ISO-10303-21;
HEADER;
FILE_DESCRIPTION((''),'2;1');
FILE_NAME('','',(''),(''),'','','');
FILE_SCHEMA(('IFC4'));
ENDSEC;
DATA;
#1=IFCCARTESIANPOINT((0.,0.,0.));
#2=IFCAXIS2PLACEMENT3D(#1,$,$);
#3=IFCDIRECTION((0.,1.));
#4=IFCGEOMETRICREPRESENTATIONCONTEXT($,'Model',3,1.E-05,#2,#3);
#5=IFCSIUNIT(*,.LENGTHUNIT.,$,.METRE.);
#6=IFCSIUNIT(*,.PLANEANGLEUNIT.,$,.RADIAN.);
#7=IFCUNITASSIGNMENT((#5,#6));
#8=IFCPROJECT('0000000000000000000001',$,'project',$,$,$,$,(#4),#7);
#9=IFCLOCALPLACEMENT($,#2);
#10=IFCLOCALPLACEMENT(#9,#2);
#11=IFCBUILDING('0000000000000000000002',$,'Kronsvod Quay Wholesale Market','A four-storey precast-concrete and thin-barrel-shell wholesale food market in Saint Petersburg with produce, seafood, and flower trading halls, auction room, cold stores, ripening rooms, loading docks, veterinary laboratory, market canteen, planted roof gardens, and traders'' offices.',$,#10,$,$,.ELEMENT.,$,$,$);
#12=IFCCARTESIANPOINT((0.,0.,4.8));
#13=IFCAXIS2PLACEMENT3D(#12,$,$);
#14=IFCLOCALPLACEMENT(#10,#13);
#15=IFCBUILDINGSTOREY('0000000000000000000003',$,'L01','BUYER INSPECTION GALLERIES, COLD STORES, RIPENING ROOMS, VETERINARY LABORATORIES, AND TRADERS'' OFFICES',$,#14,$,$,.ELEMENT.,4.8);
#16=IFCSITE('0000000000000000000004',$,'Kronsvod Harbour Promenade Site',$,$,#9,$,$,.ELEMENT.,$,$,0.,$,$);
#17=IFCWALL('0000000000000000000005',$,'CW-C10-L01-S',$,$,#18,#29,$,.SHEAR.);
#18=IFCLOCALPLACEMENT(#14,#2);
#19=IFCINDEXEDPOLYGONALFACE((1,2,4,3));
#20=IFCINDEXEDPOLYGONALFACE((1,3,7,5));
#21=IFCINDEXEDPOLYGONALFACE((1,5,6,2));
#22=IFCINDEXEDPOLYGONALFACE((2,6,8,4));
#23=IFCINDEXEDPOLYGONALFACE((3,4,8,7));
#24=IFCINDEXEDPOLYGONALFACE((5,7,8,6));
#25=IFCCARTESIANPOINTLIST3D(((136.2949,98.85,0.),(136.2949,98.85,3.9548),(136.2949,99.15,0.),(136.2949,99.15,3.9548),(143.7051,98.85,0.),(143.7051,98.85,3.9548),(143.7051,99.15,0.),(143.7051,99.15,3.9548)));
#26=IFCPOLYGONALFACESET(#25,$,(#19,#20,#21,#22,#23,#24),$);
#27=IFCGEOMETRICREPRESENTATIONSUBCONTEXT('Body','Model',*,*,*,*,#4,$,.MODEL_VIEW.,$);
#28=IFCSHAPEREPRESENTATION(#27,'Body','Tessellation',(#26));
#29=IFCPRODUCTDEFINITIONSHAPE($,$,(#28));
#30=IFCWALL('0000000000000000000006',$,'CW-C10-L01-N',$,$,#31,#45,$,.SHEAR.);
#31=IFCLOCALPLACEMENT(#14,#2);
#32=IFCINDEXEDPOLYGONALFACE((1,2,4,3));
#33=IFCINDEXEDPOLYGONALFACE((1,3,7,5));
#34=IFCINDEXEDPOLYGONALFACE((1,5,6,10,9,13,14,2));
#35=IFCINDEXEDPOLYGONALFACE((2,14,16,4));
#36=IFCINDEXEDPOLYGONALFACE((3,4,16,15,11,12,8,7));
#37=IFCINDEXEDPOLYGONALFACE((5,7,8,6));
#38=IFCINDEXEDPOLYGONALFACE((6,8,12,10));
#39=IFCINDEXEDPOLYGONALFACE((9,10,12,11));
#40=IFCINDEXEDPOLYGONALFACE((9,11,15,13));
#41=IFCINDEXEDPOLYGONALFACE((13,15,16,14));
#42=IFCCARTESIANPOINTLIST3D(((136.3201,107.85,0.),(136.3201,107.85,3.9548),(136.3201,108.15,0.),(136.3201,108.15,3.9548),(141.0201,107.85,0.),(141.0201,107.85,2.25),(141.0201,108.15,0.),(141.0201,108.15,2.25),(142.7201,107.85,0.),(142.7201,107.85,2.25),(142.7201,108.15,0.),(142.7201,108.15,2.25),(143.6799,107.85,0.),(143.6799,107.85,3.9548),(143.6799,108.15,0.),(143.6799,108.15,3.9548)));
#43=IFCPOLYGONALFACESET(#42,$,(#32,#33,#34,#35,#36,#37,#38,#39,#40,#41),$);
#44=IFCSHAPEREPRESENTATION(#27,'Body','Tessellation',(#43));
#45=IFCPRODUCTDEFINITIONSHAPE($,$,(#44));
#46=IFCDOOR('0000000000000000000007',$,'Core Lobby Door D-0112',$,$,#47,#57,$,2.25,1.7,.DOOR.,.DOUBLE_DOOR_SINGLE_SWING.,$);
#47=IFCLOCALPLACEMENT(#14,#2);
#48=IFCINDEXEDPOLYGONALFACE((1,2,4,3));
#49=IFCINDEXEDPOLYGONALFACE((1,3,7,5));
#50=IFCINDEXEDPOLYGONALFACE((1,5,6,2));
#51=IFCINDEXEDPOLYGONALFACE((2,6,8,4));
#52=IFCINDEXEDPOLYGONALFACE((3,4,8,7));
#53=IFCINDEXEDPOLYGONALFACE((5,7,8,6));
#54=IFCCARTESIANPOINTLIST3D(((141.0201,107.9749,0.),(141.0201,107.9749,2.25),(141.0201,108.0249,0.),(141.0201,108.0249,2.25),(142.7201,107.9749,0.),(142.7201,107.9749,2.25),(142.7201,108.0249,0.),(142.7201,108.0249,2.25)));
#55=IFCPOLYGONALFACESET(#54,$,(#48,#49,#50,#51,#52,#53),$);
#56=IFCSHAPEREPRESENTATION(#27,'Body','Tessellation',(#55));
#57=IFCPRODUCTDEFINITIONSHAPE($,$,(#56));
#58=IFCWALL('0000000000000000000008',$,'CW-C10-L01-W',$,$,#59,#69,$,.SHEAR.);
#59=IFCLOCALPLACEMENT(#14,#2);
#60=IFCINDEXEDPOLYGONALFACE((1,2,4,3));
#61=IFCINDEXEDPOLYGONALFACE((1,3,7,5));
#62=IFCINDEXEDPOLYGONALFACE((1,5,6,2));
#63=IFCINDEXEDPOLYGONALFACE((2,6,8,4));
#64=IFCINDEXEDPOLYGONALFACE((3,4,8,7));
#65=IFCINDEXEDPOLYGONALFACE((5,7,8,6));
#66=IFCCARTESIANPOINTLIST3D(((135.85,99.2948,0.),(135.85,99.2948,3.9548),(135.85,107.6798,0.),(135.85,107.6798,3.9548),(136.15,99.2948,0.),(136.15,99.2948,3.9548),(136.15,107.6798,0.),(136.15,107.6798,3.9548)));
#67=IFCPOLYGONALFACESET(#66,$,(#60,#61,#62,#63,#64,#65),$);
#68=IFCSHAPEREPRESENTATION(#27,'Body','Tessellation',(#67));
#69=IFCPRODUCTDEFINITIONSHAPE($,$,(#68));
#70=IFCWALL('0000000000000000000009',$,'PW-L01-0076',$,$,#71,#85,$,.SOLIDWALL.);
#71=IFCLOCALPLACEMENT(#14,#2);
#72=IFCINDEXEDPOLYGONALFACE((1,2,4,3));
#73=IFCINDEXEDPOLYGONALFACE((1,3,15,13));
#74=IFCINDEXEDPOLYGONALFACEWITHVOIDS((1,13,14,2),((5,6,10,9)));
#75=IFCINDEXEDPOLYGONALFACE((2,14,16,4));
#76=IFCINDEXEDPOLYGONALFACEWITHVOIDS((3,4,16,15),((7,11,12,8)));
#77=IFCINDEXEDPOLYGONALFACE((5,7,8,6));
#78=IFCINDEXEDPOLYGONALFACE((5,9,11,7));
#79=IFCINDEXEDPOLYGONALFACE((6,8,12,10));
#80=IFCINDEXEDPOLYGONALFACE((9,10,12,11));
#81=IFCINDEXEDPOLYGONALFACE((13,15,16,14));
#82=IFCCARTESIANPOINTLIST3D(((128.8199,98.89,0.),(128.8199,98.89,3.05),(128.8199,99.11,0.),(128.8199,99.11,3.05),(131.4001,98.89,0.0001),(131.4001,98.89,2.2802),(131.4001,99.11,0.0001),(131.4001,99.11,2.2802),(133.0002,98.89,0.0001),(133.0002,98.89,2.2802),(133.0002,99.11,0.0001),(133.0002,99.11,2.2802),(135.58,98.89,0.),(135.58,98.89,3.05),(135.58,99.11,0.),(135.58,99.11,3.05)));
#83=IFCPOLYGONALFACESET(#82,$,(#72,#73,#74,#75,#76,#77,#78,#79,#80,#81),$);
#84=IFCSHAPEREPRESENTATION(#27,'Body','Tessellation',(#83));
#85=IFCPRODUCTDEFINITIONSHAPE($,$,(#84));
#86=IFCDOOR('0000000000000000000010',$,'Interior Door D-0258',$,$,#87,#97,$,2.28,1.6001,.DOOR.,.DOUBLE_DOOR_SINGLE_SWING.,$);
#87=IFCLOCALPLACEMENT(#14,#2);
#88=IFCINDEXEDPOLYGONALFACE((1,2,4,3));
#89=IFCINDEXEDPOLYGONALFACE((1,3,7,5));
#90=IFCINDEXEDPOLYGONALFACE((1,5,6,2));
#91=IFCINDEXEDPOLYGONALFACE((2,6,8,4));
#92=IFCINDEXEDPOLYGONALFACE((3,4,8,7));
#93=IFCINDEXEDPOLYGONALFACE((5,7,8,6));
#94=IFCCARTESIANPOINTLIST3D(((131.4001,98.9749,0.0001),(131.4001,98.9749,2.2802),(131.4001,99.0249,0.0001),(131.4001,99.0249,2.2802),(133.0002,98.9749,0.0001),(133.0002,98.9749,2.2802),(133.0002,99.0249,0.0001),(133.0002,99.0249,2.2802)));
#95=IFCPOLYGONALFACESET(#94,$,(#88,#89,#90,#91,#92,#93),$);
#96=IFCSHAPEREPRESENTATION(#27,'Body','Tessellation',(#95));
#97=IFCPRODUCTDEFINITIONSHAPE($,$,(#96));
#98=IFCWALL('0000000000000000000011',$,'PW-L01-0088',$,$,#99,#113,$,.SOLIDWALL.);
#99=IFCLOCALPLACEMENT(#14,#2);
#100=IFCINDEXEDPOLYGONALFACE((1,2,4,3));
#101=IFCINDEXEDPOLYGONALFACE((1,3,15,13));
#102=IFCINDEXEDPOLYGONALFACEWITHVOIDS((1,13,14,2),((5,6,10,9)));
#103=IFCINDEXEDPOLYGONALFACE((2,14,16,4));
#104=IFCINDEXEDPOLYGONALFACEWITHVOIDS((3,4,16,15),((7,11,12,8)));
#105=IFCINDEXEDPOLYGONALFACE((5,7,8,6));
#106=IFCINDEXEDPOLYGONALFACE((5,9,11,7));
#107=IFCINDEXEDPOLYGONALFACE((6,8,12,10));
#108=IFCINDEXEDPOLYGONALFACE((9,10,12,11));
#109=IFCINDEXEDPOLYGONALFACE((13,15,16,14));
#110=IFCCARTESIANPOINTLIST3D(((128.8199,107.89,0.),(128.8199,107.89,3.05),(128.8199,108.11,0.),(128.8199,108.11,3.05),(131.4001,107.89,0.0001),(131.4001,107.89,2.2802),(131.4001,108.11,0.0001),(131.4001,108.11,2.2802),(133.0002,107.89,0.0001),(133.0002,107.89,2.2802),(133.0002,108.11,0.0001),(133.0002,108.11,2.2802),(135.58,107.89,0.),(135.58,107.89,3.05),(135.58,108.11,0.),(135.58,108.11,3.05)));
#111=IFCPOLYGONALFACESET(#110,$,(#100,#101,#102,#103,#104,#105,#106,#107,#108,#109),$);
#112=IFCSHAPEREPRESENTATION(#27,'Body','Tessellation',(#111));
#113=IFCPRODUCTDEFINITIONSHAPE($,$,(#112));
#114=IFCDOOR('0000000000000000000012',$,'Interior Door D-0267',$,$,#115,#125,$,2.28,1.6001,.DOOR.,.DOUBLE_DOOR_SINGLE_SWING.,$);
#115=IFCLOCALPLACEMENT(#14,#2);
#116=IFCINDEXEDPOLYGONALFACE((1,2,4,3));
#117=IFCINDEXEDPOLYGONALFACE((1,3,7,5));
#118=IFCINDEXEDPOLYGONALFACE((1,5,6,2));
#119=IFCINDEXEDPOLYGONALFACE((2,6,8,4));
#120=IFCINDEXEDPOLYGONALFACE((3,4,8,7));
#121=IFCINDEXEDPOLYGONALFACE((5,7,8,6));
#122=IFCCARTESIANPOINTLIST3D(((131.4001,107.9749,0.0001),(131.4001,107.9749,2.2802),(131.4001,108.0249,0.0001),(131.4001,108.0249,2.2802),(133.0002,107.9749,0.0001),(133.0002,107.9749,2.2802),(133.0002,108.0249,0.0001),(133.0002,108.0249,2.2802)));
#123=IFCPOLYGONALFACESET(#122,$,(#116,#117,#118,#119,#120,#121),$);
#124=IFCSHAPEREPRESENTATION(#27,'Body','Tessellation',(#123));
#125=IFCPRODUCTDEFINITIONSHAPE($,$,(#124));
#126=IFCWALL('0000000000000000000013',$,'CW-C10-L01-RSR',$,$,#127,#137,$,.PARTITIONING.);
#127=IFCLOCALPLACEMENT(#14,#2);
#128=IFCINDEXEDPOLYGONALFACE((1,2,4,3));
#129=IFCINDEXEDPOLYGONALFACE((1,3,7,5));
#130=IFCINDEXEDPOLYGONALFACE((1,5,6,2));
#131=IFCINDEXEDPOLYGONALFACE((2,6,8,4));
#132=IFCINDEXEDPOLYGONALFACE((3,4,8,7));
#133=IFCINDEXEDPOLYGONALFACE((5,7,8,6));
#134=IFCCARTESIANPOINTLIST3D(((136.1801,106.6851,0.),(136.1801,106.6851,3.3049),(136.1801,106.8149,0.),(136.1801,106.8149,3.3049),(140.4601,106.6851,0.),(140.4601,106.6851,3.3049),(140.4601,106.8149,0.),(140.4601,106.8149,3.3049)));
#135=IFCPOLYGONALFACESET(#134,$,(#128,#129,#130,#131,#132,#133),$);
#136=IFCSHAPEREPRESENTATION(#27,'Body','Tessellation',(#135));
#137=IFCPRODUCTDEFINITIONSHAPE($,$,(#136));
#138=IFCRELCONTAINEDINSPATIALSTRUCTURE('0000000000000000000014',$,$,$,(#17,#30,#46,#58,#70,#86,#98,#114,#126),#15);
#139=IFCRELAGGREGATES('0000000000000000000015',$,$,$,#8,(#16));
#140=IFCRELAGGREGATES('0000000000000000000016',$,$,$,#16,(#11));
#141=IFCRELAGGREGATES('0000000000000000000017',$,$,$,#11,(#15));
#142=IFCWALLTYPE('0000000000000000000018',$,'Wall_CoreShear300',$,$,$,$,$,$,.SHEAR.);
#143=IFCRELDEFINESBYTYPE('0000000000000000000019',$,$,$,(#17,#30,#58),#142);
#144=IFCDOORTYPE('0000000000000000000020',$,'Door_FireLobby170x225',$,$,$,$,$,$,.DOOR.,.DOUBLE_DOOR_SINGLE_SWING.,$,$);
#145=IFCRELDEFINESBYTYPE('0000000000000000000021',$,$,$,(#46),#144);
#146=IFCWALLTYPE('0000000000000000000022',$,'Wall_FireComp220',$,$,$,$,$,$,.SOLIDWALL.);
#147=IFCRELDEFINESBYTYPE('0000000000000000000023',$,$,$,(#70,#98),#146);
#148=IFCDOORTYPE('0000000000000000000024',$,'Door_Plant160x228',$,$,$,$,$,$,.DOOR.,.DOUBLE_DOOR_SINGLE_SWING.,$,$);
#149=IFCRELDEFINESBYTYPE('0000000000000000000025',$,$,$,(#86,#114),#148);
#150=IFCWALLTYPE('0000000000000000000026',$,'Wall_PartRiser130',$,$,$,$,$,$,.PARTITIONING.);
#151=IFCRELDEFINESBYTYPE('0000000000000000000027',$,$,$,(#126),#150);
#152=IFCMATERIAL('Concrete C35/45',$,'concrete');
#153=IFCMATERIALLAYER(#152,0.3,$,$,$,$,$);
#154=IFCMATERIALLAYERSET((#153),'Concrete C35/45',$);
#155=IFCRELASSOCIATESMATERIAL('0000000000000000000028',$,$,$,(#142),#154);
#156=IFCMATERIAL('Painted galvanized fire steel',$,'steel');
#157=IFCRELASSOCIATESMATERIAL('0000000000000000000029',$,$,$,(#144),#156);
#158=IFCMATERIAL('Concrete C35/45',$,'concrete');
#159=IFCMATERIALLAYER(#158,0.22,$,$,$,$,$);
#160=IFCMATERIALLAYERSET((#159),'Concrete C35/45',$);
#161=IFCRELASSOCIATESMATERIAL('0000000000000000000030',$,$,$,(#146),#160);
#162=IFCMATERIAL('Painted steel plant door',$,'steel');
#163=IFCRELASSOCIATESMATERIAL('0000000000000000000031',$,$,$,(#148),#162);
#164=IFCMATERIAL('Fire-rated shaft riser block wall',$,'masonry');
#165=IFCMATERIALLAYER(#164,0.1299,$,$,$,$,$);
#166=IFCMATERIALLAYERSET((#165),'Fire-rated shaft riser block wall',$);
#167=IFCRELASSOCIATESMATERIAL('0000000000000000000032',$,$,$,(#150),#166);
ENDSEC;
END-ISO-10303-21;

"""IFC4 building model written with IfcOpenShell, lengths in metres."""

from ifc_helpers import new_model, si_unit, direction, frame, frame_2d, origin, place, context, subcontext, project, spatial, rectangle, extrude, material, layer, layer_set, type_object, element, fill, save


model = new_model("IFC4")

# Units and contexts
model_context = context("Model", 3, precision=1e-05, world=origin(), true_north=direction((0.0, 1.0)))
body_context = subcontext(model_context, "Body", "Model", "MODEL_VIEW")
ifc_project = project(units=[si_unit("LENGTHUNIT", "METRE"), si_unit("PLANEANGLEUNIT", "RADIAN")], contexts=[model_context])

# Site, building, storey
site_placement = place(None, origin())
site = spatial("IfcSite", under=ifc_project, at=site_placement, Name="Kronsvod Harbour Promenade Site", CompositionType="ELEMENT", RefElevation=0.0)
building_placement = place(site_placement, origin())
building = spatial("IfcBuilding", under=site, at=building_placement, Name="Kronsvod Quay Wholesale Market", Description="A four-storey precast-concrete and thin-barrel-shell wholesale food market in Saint Petersburg with produce, seafood, and flower trading halls, auction room, cold stores, ripening rooms, loading docks, veterinary laboratory, market canteen, planted roof gardens, and traders' offices.", CompositionType="ELEMENT")
storey_placement = place(building_placement, frame((0.0, 0.0, 4.8)))
storey = spatial("IfcBuildingStorey", under=building, at=storey_placement, Name="L01", Description="BUYER INSPECTION GALLERIES, COLD STORES, RIPENING ROOMS, VETERINARY LABORATORIES, AND TRADERS' OFFICES", CompositionType="ELEMENT", Elevation=4.8)

# Wall
ifc_material_1 = material(Name="Concrete C35/45", Category="concrete")
ifc_layer_1 = layer(ifc_material_1, 0.3)
ifc_layer_set_1 = layer_set([ifc_layer_1], Name="Concrete C35/45")
wall_type_1 = type_object("IfcWallType", Name="Wall_CoreShear300", PredefinedType="SHEAR", material=ifc_layer_set_1)
wall_1_placement = place(storey_placement, frame((136.2949, 99.0, 0.0), z_axis=(0.0, 0.0, 1.0), x_axis=(1.0, 0.0, 0.0)))
element("IfcWall", 1, at=wall_1_placement, inside=storey, type_object=wall_type_1, Name="CW-C10-L01-S", PredefinedType="SHEAR", context=body_context, shape_type="SweptSolid", body=[
    extrude(rectangle(XDim=7.4102, YDim=0.3, at=frame_2d((3.7051, 0.0))), origin(), (0.0, 0.0, 1.0), 3.9548),
])

# Wall, opening, door
wall_2_placement = place(storey_placement, frame((136.3201, 108.0, 0.0), z_axis=(0.0, 0.0, 1.0), x_axis=(1.0, 0.0, 0.0)))
wall_2 = element("IfcWall", 2, at=wall_2_placement, inside=storey, type_object=wall_type_1, Name="CW-C10-L01-N", PredefinedType="SHEAR", context=body_context, shape_type="SweptSolid", body=[
    extrude(rectangle(XDim=7.3599, YDim=0.3, at=frame_2d((3.6799, 0.0))), origin(), (0.0, 0.0, 1.0), 3.9548),
])
opening_1_placement = place(wall_2_placement, frame((4.7, 0.0, 0.0)))
opening_1 = element("IfcOpeningElement", 3, at=opening_1_placement, cuts=wall_2, PredefinedType="OPENING", context=body_context, shape_type="SweptSolid", body=[
    extrude(rectangle(XDim=1.7, YDim=2.25, at=frame_2d((0.8501, 1.125))), frame((0.0, 0.1602, 0.0), z_axis=(0.0, -1.0, 0.0), x_axis=(1.0, 0.0, 0.0)), (0.0, 0.0, 1.0), 0.3201),
])
ifc_material_2 = material(Name="Painted galvanized fire steel", Category="steel")
door_type_1 = type_object("IfcDoorType", Name="Door_FireLobby170x225", OperationType="DOUBLE_DOOR_SINGLE_SWING", PredefinedType="DOOR", material=ifc_material_2)
door_1_placement = place(opening_1_placement, origin())
door_1 = element("IfcDoor", 4, at=door_1_placement, inside=storey, type_object=door_type_1, Name="Core Lobby Door D-0112", OperationType="DOUBLE_DOOR_SINGLE_SWING", OverallHeight=2.25, OverallWidth=1.7, PredefinedType="DOOR", context=body_context, shape_type="SweptSolid", body=[
    extrude(rectangle(XDim=1.7, YDim=2.25, at=frame_2d((0.8501, 1.125))), frame((0.0, 0.0249, 0.0), z_axis=(0.0, -1.0, 0.0), x_axis=(1.0, 0.0, 0.0)), (0.0, 0.0, 1.0), 0.05),
])
fill(opening_1, door_1)

# Wall
wall_3_placement = place(storey_placement, frame((136.0, 99.2949, 0.0), z_axis=(0.0, 0.0, 1.0), x_axis=(0.0, 1.0, 0.0)))
element("IfcWall", 5, at=wall_3_placement, inside=storey, type_object=wall_type_1, Name="CW-C10-L01-W", PredefinedType="SHEAR", context=body_context, shape_type="SweptSolid", body=[
    extrude(rectangle(XDim=8.385, YDim=0.3, at=frame_2d((4.1924, 0.0))), origin(), (0.0, 0.0, 1.0), 3.9548),
])

# Walls, openings, doors
ifc_material_3 = material(Name="Concrete C35/45", Category="concrete")
ifc_layer_2 = layer(ifc_material_3, 0.22)
ifc_layer_set_2 = layer_set([ifc_layer_2], Name="Concrete C35/45")
wall_type_2 = type_object("IfcWallType", Name="Wall_FireComp220", PredefinedType="SOLIDWALL", material=ifc_layer_set_2)
wall_4_placement = place(storey_placement, frame((128.8201, 99.0, 0.0), z_axis=(0.0, 0.0, 1.0), x_axis=(1.0, 0.0, 0.0)))
wall_4 = element("IfcWall", 6, at=wall_4_placement, inside=storey, type_object=wall_type_2, Name="PW-L01-0076", PredefinedType="SOLIDWALL", context=body_context, shape_type="SweptSolid", body=[
    extrude(rectangle(XDim=6.76, YDim=0.22, at=frame_2d((3.3799, 0.0))), origin(), (0.0, 0.0, 1.0), 3.05),
])
opening_2_placement = place(wall_4_placement, frame((2.5801, 0.0, 0.0)))
opening_2 = element("IfcOpeningElement", 7, at=opening_2_placement, cuts=wall_4, PredefinedType="OPENING", context=body_context, shape_type="SweptSolid", body=[
    extrude(rectangle(XDim=1.6001, YDim=2.28, at=frame_2d((0.8, 1.1401))), frame((0.0, 0.1201, 0.0), z_axis=(0.0, -1.0, 0.0), x_axis=(1.0, 0.0, 0.0)), (0.0, 0.0, 1.0), 0.24),
])
ifc_material_4 = material(Name="Painted steel plant door", Category="steel")
door_type_2 = type_object("IfcDoorType", Name="Door_Plant160x228", OperationType="DOUBLE_DOOR_SINGLE_SWING", PredefinedType="DOOR", material=ifc_material_4)
door_2_placement = place(opening_2_placement, origin())
door_2 = element("IfcDoor", 8, at=door_2_placement, inside=storey, type_object=door_type_2, Name="Interior Door D-0258", OperationType="DOUBLE_DOOR_SINGLE_SWING", OverallHeight=2.28, OverallWidth=1.6001, PredefinedType="DOOR", context=body_context, shape_type="SweptSolid", body=[
    extrude(rectangle(XDim=1.6001, YDim=2.28, at=frame_2d((0.8, 1.1401))), frame((0.0, 0.0249, 0.0), z_axis=(0.0, -1.0, 0.0), x_axis=(1.0, 0.0, 0.0)), (0.0, 0.0, 1.0), 0.05),
])
fill(opening_2, door_2)
wall_5_placement = place(storey_placement, frame((128.8201, 108.0, 0.0), z_axis=(0.0, 0.0, 1.0), x_axis=(1.0, 0.0, 0.0)))
wall_5 = element("IfcWall", 9, at=wall_5_placement, inside=storey, type_object=wall_type_2, Name="PW-L01-0088", PredefinedType="SOLIDWALL", context=body_context, shape_type="SweptSolid", body=[
    extrude(rectangle(XDim=6.76, YDim=0.22, at=frame_2d((3.3799, 0.0))), origin(), (0.0, 0.0, 1.0), 3.05),
])
opening_3_placement = place(wall_5_placement, frame((2.5801, 0.0, 0.0)))
opening_3 = element("IfcOpeningElement", 10, at=opening_3_placement, cuts=wall_5, PredefinedType="OPENING", context=body_context, shape_type="SweptSolid", body=[
    extrude(rectangle(XDim=1.6001, YDim=2.28, at=frame_2d((0.8, 1.1401))), frame((0.0, 0.1201, 0.0), z_axis=(0.0, -1.0, 0.0), x_axis=(1.0, 0.0, 0.0)), (0.0, 0.0, 1.0), 0.24),
])
door_3_placement = place(opening_3_placement, origin())
door_3 = element("IfcDoor", 11, at=door_3_placement, inside=storey, type_object=door_type_2, Name="Interior Door D-0267", OperationType="DOUBLE_DOOR_SINGLE_SWING", OverallHeight=2.28, OverallWidth=1.6001, PredefinedType="DOOR", context=body_context, shape_type="SweptSolid", body=[
    extrude(rectangle(XDim=1.6001, YDim=2.28, at=frame_2d((0.8, 1.1401))), frame((0.0, 0.0249, 0.0), z_axis=(0.0, -1.0, 0.0), x_axis=(1.0, 0.0, 0.0)), (0.0, 0.0, 1.0), 0.05),
])
fill(opening_3, door_3)

# Wall
ifc_material_5 = material(Name="Fire-rated shaft riser block wall", Category="masonry")
ifc_layer_3 = layer(ifc_material_5, 0.1299)
ifc_layer_set_3 = layer_set([ifc_layer_3], Name="Fire-rated shaft riser block wall")
wall_type_3 = type_object("IfcWallType", Name="Wall_PartRiser130", PredefinedType="PARTITIONING", material=ifc_layer_set_3)
wall_6_placement = place(storey_placement, frame((136.1799, 106.75, 0.0), z_axis=(0.0, 0.0, 1.0), x_axis=(1.0, 0.0, 0.0)))
element("IfcWall", 12, at=wall_6_placement, inside=storey, type_object=wall_type_3, Name="CW-C10-L01-RSR", PredefinedType="PARTITIONING", context=body_context, shape_type="SweptSolid", body=[
    extrude(rectangle(XDim=4.28, YDim=0.1299, at=frame_2d((2.1401, 0.0))), origin(), (0.0, 0.0, 1.0), 3.3049),
])

save(model, "model.ifc")
